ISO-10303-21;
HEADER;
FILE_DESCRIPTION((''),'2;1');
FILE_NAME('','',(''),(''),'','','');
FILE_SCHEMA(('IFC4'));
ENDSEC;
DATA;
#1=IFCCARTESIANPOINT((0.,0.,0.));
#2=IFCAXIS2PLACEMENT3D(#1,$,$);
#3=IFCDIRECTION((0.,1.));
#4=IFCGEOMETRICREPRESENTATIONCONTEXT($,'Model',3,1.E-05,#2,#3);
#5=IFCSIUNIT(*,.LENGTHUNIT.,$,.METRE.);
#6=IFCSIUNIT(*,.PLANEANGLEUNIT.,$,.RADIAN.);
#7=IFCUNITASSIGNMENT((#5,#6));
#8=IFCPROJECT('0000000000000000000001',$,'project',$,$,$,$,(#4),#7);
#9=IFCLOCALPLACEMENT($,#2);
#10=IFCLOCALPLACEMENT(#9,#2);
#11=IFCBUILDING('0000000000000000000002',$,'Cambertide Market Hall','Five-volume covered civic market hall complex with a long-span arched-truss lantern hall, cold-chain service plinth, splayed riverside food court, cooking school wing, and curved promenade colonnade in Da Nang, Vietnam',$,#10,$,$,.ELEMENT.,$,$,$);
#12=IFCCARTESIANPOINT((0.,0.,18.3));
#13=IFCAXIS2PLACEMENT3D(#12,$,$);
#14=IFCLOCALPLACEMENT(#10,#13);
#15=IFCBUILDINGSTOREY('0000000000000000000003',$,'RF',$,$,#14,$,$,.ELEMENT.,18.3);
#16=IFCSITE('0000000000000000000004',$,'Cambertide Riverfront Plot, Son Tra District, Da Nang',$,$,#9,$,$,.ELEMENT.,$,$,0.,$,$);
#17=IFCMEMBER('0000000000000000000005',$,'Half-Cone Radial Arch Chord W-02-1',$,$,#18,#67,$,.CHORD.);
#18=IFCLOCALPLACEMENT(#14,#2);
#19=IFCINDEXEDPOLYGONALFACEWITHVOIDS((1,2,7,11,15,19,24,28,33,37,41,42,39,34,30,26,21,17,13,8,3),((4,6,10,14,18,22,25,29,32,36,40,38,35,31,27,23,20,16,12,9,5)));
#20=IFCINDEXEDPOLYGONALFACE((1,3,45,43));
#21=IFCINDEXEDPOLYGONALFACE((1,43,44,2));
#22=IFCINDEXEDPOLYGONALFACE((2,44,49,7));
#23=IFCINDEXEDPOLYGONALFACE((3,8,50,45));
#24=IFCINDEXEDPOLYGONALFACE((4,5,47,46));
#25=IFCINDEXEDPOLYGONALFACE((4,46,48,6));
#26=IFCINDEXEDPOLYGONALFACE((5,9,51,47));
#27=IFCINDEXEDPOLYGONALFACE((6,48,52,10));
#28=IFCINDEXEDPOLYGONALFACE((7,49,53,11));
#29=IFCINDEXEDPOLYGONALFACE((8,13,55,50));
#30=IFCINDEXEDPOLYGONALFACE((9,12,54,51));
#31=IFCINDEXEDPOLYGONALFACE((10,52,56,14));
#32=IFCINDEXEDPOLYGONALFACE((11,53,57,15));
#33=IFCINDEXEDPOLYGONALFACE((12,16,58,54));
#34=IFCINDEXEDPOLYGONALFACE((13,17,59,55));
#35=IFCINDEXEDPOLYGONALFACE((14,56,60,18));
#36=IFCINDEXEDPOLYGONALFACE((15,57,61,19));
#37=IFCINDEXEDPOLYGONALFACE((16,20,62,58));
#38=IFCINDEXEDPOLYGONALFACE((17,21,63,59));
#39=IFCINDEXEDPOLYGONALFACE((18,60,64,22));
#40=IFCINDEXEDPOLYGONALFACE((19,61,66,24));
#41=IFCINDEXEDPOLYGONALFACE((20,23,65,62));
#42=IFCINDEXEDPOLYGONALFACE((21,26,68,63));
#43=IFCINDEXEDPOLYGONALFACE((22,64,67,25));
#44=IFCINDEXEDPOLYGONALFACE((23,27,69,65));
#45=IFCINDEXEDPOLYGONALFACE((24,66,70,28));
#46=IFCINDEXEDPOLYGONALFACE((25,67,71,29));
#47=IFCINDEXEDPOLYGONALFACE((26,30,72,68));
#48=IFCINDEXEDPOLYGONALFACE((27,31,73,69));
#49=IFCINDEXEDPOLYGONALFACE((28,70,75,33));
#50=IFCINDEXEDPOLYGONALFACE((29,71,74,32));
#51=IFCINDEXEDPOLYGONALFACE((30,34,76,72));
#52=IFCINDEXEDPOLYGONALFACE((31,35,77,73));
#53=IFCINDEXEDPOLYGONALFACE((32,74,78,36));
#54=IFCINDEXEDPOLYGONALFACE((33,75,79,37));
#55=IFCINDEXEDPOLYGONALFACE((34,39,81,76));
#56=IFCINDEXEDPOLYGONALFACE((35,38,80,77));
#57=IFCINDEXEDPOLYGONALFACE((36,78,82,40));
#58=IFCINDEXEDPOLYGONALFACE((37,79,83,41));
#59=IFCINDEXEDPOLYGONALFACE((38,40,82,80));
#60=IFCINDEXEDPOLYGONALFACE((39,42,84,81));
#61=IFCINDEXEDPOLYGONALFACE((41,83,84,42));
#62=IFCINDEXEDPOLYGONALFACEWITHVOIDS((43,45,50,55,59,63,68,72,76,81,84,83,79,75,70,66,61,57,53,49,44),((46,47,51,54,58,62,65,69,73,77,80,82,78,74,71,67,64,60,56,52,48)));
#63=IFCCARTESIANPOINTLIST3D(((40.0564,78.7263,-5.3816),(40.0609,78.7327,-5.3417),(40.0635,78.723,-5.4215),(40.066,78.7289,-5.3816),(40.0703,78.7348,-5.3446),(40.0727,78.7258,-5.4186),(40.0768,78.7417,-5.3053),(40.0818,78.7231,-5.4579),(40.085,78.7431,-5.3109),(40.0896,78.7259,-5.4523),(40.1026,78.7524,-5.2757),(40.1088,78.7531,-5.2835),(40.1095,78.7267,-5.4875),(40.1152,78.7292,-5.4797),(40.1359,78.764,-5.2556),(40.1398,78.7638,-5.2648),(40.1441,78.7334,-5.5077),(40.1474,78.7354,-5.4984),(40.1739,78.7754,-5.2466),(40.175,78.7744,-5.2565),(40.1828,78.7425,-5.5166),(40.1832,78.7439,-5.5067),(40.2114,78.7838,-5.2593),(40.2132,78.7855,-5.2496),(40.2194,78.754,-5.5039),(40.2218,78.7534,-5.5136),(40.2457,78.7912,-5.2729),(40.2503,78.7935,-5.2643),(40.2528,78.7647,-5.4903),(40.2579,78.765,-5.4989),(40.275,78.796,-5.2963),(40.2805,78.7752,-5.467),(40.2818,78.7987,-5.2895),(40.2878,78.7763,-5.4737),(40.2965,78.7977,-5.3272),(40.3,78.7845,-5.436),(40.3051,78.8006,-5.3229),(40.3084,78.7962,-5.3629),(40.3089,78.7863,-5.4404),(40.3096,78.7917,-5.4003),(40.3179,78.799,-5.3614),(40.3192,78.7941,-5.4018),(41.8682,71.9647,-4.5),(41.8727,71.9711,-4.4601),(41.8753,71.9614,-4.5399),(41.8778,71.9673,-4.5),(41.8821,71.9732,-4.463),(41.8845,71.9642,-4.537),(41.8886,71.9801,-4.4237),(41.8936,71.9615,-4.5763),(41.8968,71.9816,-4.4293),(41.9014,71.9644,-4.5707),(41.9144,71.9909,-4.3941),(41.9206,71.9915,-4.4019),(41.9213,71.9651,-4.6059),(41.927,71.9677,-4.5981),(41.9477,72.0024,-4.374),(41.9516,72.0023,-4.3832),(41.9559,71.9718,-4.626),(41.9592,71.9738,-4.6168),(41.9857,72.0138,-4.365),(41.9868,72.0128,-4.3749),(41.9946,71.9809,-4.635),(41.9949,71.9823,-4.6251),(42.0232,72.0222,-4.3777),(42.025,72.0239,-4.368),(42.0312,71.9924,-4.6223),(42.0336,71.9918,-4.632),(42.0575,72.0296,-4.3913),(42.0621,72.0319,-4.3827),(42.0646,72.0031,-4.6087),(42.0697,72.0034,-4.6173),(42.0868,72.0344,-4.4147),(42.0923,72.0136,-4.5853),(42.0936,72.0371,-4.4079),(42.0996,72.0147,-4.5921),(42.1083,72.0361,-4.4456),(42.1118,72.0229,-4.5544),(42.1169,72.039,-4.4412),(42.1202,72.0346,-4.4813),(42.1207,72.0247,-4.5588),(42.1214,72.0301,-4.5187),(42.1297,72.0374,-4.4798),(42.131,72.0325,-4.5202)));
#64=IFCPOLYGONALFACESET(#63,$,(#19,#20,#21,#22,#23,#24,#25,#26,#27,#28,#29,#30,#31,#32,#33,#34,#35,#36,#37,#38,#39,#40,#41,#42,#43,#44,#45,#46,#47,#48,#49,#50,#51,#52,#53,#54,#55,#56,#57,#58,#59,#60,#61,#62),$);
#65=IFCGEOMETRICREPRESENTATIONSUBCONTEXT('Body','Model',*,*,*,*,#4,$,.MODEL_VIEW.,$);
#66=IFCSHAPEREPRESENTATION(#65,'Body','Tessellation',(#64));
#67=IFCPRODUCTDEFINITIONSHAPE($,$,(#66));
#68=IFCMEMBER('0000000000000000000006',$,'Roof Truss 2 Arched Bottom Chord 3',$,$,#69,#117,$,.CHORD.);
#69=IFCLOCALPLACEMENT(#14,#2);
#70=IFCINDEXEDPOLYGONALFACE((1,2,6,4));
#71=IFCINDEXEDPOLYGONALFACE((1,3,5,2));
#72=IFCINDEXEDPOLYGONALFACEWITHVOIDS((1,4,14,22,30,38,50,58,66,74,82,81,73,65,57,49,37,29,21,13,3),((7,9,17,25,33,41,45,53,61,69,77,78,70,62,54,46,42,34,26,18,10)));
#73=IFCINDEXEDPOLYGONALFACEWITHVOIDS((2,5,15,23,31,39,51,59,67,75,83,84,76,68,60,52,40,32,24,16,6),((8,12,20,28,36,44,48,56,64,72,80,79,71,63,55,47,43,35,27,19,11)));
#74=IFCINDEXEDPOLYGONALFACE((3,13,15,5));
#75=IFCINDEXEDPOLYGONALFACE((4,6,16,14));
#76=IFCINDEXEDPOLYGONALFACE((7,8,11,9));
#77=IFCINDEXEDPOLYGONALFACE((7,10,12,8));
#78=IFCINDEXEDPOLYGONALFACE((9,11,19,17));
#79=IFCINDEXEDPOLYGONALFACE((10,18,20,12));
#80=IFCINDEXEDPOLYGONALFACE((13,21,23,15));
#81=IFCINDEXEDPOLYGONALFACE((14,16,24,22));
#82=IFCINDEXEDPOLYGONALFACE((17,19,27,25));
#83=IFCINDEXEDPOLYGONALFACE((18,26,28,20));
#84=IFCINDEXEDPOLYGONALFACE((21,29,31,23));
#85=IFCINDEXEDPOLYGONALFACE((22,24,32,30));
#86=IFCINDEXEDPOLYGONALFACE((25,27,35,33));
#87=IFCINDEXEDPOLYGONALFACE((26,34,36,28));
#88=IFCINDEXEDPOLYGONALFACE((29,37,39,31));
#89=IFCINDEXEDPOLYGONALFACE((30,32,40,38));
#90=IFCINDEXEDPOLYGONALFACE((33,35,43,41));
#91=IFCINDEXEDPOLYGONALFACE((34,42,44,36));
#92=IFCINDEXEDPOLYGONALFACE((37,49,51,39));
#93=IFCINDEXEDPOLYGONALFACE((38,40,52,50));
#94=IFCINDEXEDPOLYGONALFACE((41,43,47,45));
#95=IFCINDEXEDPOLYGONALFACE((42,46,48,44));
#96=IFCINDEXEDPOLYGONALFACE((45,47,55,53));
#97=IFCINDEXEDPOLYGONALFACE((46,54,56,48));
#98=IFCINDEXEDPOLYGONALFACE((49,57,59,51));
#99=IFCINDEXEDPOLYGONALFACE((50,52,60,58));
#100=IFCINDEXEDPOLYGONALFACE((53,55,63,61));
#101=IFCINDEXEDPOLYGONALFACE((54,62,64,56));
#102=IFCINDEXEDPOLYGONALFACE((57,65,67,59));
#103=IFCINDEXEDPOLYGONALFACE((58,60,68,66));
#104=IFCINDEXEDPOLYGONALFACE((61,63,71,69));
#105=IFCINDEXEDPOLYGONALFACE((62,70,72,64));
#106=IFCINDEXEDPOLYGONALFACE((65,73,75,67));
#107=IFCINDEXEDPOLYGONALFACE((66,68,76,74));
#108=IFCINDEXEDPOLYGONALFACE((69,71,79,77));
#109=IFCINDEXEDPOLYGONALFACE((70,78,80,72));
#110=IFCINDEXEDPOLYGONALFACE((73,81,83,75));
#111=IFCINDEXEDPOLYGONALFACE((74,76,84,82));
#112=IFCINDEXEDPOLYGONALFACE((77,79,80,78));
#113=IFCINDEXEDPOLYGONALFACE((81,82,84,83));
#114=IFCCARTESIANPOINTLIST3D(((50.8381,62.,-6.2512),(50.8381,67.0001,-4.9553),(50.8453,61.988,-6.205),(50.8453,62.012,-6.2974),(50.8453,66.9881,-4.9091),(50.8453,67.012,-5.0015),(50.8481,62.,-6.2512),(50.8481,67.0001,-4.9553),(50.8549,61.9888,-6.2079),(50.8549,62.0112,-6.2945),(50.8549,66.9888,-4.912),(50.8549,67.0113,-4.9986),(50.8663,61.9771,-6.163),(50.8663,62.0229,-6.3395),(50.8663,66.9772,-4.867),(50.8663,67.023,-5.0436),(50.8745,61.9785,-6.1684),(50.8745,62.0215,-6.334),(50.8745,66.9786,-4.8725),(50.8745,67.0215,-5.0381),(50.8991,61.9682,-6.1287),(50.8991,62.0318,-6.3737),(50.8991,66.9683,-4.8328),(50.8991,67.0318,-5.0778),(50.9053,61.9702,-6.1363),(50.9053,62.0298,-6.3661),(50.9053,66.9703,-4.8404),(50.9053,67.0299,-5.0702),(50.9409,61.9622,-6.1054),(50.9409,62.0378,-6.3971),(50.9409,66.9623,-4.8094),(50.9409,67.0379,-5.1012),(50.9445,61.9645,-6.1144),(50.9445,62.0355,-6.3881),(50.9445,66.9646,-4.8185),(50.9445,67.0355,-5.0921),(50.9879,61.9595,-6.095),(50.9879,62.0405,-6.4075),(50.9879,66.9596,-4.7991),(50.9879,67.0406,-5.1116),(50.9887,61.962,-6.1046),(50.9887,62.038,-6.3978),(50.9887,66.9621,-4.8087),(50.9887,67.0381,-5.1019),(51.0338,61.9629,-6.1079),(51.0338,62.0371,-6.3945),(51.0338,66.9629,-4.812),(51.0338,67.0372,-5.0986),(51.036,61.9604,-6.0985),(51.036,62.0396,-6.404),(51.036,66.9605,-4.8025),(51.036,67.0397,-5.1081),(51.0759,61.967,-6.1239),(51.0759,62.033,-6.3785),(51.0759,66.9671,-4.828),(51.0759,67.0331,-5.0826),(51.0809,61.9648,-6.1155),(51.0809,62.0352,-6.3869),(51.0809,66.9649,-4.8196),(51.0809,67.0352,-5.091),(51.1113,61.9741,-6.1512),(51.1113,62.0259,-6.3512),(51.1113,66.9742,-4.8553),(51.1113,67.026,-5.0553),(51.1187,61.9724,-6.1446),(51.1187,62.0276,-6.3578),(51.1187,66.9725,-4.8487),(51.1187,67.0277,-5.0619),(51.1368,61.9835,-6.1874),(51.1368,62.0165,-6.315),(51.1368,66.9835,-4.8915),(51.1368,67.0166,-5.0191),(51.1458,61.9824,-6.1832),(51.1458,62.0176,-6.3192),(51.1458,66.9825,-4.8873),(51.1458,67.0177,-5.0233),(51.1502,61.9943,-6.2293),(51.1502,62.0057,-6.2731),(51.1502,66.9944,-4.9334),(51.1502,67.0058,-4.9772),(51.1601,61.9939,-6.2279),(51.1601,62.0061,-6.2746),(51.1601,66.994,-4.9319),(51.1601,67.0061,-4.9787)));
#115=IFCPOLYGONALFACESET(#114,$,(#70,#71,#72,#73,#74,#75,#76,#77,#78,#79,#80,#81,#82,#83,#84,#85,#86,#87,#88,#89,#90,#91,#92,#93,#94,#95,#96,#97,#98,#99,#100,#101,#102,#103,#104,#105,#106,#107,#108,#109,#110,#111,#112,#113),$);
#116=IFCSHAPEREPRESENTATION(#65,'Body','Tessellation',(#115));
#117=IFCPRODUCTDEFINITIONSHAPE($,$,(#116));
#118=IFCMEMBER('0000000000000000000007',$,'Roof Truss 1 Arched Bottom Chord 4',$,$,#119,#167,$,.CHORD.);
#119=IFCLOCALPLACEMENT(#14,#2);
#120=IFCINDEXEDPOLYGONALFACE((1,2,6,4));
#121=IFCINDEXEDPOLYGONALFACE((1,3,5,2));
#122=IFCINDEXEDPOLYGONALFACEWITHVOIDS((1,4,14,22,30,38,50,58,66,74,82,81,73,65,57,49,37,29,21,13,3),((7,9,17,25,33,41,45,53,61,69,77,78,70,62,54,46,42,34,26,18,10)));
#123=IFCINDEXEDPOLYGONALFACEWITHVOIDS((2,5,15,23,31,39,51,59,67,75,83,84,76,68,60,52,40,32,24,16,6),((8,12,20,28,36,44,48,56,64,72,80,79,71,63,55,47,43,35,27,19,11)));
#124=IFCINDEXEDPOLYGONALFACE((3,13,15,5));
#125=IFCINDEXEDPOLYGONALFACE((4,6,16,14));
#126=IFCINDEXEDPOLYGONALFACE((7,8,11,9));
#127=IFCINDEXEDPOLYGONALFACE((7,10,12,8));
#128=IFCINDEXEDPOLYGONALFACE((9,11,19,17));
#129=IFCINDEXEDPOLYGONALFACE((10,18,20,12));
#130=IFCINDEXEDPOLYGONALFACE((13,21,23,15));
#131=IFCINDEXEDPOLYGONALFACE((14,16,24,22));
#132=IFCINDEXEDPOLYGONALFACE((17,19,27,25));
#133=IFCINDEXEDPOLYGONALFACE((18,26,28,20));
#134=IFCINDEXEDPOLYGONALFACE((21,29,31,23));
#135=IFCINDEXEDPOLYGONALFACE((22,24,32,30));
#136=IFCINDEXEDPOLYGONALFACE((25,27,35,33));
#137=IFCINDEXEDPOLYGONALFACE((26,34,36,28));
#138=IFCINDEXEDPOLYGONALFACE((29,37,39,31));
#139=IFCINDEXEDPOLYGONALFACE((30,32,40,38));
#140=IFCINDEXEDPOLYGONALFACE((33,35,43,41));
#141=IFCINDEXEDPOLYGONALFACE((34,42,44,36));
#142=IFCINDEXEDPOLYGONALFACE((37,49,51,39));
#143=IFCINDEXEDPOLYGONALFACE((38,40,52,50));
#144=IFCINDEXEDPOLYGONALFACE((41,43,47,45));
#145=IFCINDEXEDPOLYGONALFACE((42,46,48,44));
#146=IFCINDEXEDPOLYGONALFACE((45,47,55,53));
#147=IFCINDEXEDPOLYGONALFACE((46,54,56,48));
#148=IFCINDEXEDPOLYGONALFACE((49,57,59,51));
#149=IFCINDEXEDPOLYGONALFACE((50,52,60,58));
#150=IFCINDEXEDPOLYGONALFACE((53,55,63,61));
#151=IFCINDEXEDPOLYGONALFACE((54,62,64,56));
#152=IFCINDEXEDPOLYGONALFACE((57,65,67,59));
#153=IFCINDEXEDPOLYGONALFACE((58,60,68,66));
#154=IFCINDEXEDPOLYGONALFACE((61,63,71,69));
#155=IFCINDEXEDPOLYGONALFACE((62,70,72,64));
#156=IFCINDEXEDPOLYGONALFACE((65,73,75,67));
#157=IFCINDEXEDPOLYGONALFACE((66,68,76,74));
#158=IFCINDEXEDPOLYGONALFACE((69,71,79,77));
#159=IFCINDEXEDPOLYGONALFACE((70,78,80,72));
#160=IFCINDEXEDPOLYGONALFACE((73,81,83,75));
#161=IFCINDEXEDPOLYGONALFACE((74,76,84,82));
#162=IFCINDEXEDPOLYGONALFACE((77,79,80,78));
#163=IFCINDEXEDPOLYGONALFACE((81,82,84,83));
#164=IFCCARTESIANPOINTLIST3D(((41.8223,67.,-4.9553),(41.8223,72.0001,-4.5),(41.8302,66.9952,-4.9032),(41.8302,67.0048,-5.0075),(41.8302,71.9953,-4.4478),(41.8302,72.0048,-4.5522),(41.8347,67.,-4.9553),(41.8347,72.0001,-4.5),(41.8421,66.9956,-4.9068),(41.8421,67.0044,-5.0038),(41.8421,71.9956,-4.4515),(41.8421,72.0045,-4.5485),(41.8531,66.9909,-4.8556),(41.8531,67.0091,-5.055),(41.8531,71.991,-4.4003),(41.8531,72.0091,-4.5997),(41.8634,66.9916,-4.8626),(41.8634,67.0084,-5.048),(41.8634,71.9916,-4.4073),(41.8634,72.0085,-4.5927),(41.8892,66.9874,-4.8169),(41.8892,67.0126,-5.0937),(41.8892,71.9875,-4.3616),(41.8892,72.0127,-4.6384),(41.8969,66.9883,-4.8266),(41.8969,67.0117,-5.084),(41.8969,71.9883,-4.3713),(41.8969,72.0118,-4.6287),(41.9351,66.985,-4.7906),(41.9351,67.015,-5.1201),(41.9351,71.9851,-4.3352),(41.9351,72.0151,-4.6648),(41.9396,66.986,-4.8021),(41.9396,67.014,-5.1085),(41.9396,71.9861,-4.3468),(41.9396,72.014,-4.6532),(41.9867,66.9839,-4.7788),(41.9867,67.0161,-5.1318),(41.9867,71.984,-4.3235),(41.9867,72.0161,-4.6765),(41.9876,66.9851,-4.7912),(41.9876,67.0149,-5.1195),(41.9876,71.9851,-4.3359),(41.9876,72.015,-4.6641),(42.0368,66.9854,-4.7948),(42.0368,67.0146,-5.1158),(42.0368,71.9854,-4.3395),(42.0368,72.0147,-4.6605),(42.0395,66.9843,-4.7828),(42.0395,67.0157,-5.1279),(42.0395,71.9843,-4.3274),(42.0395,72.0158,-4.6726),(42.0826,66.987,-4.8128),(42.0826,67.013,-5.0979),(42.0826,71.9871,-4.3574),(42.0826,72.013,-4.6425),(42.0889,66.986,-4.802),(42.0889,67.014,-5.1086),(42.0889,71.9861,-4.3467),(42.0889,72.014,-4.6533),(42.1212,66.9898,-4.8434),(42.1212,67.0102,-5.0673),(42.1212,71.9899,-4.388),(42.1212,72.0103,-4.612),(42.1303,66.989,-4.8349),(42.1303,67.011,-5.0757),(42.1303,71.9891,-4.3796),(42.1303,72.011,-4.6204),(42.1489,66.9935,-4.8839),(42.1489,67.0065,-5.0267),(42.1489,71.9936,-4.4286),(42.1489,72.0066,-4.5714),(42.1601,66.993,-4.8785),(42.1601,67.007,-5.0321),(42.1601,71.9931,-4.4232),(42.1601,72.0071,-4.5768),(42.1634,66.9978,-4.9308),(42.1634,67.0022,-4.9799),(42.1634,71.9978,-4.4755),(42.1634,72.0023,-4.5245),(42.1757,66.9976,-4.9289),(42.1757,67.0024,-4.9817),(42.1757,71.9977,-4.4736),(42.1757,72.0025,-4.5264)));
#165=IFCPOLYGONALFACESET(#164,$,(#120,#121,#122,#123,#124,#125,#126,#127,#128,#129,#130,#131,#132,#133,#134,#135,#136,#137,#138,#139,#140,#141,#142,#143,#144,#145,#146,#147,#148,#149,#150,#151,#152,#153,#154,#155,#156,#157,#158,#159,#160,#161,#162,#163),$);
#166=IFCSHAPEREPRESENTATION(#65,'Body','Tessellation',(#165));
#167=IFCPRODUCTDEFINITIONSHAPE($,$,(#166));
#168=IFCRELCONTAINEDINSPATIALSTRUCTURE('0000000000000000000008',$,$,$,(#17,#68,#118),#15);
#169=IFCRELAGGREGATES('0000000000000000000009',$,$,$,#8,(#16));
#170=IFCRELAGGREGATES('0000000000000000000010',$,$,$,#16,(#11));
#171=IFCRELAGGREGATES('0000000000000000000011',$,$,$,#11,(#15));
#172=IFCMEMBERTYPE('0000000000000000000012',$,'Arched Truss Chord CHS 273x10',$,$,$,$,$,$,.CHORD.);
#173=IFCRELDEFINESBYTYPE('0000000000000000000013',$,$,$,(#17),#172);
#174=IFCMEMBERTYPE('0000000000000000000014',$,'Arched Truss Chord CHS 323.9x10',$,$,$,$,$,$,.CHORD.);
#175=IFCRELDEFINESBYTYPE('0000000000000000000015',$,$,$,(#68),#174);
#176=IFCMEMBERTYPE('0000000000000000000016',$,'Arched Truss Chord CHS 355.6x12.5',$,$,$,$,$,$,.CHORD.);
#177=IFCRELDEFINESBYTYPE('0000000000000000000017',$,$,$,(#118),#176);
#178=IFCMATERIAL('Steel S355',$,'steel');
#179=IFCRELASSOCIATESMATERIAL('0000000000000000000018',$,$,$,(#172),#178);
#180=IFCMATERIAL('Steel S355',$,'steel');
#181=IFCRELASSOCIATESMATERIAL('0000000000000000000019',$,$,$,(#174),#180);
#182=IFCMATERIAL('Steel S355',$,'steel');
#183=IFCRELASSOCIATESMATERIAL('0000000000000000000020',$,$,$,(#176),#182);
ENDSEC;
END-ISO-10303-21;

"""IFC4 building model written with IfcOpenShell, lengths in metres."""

from ifc_helpers import new_model, si_unit, direction, frame, origin, origin_2d, place, context, subcontext, project, spatial, hollow_circle, extrude, material, material_profile, profile_set, type_object, element, save


model = new_model("IFC4")

# Units and contexts
model_context = context("Model", 3, precision=1e-05, world=origin(), true_north=direction((0.0, 1.0)))
body_context = subcontext(model_context, "Body", "Model", "MODEL_VIEW")
ifc_project = project(units=[si_unit("LENGTHUNIT", "METRE"), si_unit("PLANEANGLEUNIT", "RADIAN")], contexts=[model_context])

# Site, building, storey
site_placement = place(None, origin())
site = spatial("IfcSite", under=ifc_project, at=site_placement, Name="Cambertide Riverfront Plot, Son Tra District, Da Nang", CompositionType="ELEMENT", RefElevation=0.0)
building_placement = place(site_placement, origin())
building = spatial("IfcBuilding", under=site, at=building_placement, Name="Cambertide Market Hall", Description="Five-volume covered civic market hall complex with a long-span arched-truss lantern hall, cold-chain service plinth, splayed riverside food court, cooking school wing, and curved promenade colonnade in Da Nang, Vietnam", CompositionType="ELEMENT")
storey_placement = place(building_placement, frame((0.0, 0.0, 18.3)))
storey = spatial("IfcBuildingStorey", under=building, at=storey_placement, Name="RF", CompositionType="ELEMENT", Elevation=18.3)

# Members
ifc_material_1 = material(Name="Steel S355", Category="steel")
ifc_material_profile_1 = material_profile(ifc_material_1, hollow_circle(Radius=0.1365, WallThickness=0.01, at=origin_2d()), Name="CHS 273x10")
ifc_profile_set_1 = profile_set([ifc_material_profile_1], Name="Steel S355")
member_type_1 = type_object("IfcMemberType", Name="Arched Truss Chord CHS 273x10", PredefinedType="CHORD", material=ifc_profile_set_1)
member_1_placement = place(storey_placement, frame((42.0, 72.0, -4.5), z_axis=(-0.256795, 0.958354, -0.124955), x_axis=(-0.965925, -0.258824, 0.0)))
element("IfcMember", 1, at=member_1_placement, inside=storey, type_object=member_type_1, Name="Half-Cone Radial Arch Chord W-02-1", PredefinedType="CHORD", context=body_context, shape_type="SweptSolid", body=[
    extrude(hollow_circle(Radius=0.1365, WallThickness=0.01, at=origin_2d()), origin(), (0.0, 0.0, 1.0), 7.0554),
])
ifc_material_2 = material(Name="Steel S355", Category="steel")
ifc_material_profile_2 = material_profile(ifc_material_2, hollow_circle(Radius=0.1619, WallThickness=0.01, at=origin_2d()), Name="CHS 323.9x10")
ifc_profile_set_2 = profile_set([ifc_material_profile_2], Name="Steel S355")
member_type_2 = type_object("IfcMemberType", Name="Arched Truss Chord CHS 323.9x10", PredefinedType="CHORD", material=ifc_profile_set_2)
member_2_placement = place(storey_placement, frame((51.0, 62.0, -6.2512), z_axis=(0.0, 0.968016, 0.25089), x_axis=(-1.0, 0.0, 0.0)))
element("IfcMember", 2, at=member_2_placement, inside=storey, type_object=member_type_2, Name="Roof Truss 2 Arched Bottom Chord 3", PredefinedType="CHORD", context=body_context, shape_type="SweptSolid", body=[
    extrude(hollow_circle(Radius=0.1619, WallThickness=0.01, at=origin_2d()), origin(), (0.0, 0.0, 1.0), 5.1653),
])
ifc_material_3 = material(Name="Steel S355", Category="steel")
ifc_material_profile_3 = material_profile(ifc_material_3, hollow_circle(Radius=0.1777, WallThickness=0.0125, at=origin_2d()), Name="CHS 355.6x12.5")
ifc_profile_set_3 = profile_set([ifc_material_profile_3], Name="Steel S355")
member_type_3 = type_object("IfcMemberType", Name="Arched Truss Chord CHS 355.6x12.5", PredefinedType="CHORD", material=ifc_profile_set_3)
for number, where, z_axis, x_axis, name in (
    (3, (42.0, 67.0, -4.9553), (0.0, 0.995879, 0.090689), (-1.0, 0.0, 0.0), "Roof Truss 1 Arched Bottom Chord 4"),
):
    element("IfcMember", number, at=place(storey_placement, frame(where, z_axis=z_axis, x_axis=x_axis)), inside=storey, type_object=member_type_3, Name=name, PredefinedType="CHORD", context=body_context, shape_type="SweptSolid", body=[
        extrude(hollow_circle(Radius=0.1777, WallThickness=0.0125, at=origin_2d()), origin(), (0.0, 0.0, 1.0), 5.0208),
    ])

save(model, "model.ifc")
